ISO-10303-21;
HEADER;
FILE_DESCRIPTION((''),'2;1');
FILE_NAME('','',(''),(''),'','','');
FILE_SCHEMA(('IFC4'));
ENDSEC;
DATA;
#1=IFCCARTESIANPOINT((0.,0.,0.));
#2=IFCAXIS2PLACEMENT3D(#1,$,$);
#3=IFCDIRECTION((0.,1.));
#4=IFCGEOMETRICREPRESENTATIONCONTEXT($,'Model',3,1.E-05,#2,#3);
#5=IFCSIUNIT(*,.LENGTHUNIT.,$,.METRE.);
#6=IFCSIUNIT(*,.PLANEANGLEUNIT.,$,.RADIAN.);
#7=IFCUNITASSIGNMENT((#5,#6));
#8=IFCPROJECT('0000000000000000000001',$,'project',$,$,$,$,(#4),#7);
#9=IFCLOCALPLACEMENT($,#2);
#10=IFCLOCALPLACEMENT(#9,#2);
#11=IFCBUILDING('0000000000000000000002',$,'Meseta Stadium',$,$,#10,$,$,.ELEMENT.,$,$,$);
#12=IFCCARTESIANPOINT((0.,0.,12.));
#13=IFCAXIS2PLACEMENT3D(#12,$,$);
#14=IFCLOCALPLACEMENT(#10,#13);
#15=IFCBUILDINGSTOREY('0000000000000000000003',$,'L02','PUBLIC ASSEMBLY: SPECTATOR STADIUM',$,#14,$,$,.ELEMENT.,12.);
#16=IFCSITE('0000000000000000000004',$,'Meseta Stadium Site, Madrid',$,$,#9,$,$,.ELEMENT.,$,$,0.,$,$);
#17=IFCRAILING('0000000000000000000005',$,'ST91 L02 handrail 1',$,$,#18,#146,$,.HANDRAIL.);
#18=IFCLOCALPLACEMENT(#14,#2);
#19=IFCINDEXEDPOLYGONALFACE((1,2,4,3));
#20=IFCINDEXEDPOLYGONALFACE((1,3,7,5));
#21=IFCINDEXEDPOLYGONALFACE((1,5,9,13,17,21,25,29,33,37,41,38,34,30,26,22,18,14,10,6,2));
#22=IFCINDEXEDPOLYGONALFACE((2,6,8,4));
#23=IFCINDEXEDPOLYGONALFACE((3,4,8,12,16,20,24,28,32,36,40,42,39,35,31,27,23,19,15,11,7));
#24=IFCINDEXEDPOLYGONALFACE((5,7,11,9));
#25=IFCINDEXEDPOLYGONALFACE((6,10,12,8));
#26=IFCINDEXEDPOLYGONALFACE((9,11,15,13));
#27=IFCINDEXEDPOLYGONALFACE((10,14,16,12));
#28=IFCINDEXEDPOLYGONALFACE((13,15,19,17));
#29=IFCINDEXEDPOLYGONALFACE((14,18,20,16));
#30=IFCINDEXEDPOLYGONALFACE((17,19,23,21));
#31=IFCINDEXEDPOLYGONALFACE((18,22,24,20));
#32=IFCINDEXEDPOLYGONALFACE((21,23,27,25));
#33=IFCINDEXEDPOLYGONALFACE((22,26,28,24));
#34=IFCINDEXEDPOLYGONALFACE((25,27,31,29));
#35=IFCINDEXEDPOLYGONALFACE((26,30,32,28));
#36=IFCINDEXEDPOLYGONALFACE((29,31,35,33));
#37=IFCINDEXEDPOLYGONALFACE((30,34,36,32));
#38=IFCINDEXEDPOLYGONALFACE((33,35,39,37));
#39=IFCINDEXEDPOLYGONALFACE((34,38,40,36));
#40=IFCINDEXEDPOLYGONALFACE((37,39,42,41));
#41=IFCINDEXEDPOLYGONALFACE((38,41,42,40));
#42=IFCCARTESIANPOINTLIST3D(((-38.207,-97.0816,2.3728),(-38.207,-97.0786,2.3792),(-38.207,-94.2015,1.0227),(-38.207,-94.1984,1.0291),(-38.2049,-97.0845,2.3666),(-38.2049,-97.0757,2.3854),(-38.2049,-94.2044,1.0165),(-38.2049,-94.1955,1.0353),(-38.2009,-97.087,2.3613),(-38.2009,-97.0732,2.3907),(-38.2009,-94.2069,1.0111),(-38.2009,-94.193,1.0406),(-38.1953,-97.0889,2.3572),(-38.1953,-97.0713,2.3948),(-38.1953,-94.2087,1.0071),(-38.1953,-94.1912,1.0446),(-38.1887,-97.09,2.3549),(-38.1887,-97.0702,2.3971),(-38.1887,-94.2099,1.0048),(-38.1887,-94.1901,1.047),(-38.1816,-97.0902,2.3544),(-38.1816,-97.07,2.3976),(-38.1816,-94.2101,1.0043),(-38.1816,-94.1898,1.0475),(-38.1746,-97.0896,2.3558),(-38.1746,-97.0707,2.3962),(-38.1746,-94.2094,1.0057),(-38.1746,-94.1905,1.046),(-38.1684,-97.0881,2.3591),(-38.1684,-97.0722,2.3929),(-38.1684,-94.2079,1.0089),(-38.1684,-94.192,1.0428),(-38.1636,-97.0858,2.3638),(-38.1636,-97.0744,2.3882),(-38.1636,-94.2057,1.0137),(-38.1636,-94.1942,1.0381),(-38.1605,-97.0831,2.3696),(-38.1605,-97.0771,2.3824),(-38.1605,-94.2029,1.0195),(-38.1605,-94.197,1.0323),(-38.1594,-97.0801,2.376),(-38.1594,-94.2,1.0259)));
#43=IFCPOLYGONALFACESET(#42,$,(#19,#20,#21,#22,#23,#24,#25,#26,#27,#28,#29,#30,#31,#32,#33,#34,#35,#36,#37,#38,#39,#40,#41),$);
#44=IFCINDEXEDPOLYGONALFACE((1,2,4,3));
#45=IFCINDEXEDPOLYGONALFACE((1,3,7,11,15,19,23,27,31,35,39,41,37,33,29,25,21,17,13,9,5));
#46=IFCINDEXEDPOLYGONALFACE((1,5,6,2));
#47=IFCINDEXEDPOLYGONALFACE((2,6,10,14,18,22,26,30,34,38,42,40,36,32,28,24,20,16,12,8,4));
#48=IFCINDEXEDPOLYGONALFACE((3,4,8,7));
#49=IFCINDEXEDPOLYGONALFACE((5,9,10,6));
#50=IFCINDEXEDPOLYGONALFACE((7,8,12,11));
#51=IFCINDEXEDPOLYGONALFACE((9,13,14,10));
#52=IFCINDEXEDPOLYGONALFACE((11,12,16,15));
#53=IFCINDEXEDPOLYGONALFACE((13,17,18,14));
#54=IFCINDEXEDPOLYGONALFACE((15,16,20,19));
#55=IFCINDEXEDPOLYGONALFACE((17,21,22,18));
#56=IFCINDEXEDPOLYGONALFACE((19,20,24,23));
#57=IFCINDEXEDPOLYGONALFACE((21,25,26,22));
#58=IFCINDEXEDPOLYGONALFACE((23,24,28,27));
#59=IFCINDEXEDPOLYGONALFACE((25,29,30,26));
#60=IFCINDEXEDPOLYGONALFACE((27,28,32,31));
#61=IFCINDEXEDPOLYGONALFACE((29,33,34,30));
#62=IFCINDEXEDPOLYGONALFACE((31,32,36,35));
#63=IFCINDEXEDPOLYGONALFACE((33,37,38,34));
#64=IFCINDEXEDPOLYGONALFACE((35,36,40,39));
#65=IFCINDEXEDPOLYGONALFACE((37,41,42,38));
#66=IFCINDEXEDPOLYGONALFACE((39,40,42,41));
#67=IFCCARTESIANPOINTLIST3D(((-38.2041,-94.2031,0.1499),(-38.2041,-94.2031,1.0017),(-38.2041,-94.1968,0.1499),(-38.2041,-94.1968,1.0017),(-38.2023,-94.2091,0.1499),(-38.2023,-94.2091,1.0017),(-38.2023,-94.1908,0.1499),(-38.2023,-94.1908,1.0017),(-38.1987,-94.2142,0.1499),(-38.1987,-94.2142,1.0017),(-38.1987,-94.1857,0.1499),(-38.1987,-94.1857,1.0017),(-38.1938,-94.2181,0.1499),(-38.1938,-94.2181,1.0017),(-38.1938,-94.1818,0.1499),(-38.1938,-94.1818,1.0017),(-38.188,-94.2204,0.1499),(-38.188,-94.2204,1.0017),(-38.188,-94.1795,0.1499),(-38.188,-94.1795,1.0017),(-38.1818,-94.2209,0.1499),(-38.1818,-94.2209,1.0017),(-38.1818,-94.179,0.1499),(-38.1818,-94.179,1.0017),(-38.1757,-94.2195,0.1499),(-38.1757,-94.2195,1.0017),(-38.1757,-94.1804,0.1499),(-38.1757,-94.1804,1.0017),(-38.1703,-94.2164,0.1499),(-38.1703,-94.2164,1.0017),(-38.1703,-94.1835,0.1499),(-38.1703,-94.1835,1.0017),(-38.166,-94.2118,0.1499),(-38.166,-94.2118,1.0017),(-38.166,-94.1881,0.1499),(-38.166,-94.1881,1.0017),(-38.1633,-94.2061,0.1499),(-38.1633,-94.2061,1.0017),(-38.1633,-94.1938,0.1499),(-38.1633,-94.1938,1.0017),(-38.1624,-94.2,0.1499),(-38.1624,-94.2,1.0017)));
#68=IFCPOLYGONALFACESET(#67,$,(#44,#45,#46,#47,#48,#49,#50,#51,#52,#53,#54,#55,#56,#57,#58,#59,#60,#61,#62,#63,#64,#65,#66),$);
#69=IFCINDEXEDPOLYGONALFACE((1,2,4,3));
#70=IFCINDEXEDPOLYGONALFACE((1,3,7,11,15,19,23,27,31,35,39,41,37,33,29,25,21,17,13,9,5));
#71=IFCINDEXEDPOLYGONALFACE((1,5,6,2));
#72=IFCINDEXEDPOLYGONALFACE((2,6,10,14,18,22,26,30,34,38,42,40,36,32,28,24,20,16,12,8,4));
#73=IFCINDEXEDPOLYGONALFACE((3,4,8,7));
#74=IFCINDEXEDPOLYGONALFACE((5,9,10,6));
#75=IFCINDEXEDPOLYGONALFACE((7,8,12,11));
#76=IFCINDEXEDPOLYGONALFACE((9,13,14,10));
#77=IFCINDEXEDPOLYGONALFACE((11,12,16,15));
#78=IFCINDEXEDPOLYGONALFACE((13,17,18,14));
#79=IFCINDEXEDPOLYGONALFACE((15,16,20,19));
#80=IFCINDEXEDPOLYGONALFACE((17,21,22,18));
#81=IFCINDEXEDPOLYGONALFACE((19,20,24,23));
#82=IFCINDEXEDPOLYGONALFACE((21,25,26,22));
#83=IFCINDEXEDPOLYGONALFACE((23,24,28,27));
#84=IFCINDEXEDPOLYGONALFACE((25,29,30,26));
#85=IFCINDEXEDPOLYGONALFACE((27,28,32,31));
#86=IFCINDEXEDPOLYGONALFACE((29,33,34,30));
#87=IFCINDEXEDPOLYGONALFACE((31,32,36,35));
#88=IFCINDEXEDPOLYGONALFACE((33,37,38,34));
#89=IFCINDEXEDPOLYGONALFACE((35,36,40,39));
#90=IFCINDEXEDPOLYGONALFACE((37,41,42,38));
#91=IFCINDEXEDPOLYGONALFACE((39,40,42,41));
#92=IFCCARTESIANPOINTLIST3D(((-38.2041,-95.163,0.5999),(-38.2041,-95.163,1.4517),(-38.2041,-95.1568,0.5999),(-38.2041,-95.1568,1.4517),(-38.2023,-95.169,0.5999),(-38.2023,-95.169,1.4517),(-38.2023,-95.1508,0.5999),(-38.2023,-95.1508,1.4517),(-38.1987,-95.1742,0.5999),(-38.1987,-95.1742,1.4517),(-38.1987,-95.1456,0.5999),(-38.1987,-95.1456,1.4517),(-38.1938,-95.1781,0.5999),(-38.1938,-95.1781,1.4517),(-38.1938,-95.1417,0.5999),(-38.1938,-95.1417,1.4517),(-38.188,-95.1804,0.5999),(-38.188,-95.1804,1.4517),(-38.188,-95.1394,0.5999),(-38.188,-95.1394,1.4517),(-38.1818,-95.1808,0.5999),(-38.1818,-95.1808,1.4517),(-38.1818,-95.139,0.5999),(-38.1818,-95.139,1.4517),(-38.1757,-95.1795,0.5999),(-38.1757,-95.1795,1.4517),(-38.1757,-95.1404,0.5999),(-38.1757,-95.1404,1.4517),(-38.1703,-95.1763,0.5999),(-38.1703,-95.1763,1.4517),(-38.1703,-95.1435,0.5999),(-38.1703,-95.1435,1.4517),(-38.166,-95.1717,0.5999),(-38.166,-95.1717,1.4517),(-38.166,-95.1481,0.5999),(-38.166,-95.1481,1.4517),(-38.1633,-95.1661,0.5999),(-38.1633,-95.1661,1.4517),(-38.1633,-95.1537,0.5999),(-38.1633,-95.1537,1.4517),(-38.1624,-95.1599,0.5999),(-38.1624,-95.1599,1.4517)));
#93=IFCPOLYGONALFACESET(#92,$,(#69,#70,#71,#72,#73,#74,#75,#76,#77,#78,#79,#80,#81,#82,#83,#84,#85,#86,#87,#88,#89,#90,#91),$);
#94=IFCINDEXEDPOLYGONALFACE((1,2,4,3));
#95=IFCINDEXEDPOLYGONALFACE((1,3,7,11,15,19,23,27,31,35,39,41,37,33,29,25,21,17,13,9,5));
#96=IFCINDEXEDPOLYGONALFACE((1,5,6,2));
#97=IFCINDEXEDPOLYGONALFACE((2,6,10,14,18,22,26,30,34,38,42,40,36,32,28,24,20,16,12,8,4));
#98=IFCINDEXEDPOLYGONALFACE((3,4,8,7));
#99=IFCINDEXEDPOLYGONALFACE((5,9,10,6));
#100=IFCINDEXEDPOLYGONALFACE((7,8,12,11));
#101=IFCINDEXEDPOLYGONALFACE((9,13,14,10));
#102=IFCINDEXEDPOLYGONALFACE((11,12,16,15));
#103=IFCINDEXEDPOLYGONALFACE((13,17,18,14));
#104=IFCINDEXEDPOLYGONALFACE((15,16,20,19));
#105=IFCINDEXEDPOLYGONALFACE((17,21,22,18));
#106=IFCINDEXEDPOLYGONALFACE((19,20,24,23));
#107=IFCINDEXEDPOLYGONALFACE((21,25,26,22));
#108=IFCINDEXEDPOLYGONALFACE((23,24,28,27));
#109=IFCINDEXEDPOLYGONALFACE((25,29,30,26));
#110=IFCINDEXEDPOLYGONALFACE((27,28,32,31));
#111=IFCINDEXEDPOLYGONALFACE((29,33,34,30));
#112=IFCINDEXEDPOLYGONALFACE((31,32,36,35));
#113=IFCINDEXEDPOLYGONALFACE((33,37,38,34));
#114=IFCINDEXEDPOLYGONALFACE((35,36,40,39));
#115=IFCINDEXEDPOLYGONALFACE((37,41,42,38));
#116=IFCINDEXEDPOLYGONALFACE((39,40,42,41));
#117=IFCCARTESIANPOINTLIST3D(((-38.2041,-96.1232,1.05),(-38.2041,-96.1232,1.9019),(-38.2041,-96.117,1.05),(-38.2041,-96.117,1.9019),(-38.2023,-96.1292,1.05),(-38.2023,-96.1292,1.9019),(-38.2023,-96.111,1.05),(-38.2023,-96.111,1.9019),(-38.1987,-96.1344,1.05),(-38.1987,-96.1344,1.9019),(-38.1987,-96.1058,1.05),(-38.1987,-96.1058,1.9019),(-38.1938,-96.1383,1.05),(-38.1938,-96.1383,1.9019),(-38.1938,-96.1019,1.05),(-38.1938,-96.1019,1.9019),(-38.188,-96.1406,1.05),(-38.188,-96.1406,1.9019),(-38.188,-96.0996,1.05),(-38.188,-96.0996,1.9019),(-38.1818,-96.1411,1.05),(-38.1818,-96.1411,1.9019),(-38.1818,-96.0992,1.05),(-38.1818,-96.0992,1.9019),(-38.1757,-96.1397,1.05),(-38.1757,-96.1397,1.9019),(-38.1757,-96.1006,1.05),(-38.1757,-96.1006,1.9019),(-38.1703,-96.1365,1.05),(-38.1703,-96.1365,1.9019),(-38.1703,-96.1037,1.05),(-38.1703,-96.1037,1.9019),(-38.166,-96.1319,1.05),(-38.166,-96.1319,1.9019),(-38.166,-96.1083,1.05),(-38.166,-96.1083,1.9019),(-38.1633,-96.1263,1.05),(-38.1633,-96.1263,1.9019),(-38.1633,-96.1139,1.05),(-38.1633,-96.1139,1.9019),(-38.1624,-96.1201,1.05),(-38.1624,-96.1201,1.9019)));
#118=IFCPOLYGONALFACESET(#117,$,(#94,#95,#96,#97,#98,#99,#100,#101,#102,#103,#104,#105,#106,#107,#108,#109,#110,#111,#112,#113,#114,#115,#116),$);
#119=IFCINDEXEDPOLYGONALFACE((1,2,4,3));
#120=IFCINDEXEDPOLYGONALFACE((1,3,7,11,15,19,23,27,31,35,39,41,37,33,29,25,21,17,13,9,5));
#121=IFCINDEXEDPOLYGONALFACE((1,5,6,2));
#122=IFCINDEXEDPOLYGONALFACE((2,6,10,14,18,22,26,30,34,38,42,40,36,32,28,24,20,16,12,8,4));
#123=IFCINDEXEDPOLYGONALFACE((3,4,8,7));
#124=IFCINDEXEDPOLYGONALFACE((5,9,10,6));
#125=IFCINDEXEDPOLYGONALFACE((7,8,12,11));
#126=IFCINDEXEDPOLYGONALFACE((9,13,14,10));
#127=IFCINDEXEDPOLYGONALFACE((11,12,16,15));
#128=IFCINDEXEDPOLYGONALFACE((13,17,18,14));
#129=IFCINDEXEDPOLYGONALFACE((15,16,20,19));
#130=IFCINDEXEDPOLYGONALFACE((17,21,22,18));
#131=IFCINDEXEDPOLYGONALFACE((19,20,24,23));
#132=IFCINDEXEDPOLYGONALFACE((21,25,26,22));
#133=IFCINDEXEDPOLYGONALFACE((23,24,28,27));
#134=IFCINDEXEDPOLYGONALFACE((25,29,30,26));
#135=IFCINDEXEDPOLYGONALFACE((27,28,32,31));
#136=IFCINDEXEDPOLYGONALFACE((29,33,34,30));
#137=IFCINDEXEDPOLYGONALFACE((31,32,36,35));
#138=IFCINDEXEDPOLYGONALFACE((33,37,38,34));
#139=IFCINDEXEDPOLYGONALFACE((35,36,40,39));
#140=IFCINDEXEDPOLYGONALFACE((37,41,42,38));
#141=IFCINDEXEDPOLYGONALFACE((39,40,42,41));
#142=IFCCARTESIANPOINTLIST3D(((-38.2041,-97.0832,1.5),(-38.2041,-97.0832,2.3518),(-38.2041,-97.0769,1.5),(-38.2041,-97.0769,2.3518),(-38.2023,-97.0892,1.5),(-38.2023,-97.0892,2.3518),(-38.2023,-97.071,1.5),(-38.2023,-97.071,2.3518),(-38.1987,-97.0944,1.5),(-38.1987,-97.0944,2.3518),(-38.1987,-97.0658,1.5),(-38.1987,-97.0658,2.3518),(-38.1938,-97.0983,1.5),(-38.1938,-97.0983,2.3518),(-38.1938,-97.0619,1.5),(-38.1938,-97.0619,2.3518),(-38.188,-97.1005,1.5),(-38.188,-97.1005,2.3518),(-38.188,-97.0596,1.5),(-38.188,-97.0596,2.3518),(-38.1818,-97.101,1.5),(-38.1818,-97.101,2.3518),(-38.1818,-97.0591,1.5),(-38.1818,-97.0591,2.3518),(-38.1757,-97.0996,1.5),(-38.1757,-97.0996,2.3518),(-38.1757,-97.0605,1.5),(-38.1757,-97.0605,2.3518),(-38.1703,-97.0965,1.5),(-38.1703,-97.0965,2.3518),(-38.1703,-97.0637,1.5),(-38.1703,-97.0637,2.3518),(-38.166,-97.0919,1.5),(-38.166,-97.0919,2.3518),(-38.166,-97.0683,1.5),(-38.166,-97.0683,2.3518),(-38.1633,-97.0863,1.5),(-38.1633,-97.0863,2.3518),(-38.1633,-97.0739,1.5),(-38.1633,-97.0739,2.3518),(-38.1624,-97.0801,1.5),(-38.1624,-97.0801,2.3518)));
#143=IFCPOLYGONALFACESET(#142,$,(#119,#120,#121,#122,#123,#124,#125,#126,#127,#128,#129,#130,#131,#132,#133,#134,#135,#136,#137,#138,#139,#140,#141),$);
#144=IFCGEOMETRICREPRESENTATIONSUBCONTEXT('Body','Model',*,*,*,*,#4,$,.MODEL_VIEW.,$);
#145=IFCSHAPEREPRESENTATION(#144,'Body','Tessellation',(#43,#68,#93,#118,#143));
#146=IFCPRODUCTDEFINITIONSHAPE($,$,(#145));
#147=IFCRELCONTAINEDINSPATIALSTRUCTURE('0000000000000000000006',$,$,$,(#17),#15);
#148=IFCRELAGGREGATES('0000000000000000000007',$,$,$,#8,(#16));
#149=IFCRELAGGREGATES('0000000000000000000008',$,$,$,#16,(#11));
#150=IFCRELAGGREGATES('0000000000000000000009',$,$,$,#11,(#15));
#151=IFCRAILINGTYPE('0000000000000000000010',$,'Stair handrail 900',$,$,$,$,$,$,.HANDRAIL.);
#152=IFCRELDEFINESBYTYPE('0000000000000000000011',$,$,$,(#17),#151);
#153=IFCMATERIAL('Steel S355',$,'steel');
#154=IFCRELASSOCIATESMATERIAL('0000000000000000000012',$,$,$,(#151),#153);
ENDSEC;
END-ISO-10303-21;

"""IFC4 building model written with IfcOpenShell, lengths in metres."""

from ifc_helpers import new_model, si_unit, direction, frame, origin, origin_2d, place, context, subcontext, project, spatial, circle, extrude, material, type_object, element, save


model = new_model("IFC4")

# Units and contexts
model_context = context("Model", 3, precision=1e-05, world=origin(), true_north=direction((0.0, 1.0)))
body_context = subcontext(model_context, "Body", "Model", "MODEL_VIEW")
ifc_project = project(units=[si_unit("LENGTHUNIT", "METRE"), si_unit("PLANEANGLEUNIT", "RADIAN")], contexts=[model_context])

# Site, building, storey
site_placement = place(None, origin())
site = spatial("IfcSite", under=ifc_project, at=site_placement, Name="Meseta Stadium Site, Madrid", CompositionType="ELEMENT", RefElevation=0.0)
building_placement = place(site_placement, origin())
building = spatial("IfcBuilding", under=site, at=building_placement, Name="Meseta Stadium", CompositionType="ELEMENT")
storey_placement = place(building_placement, frame((0.0, 0.0, 12.0)))
storey = spatial("IfcBuildingStorey", under=building, at=storey_placement, Name="L02", Description="PUBLIC ASSEMBLY: SPECTATOR STADIUM", CompositionType="ELEMENT", Elevation=12.0)

# Railing
ifc_material_1 = material(Name="Steel S355", Category="steel")
railing_type_1 = type_object("IfcRailingType", Name="Stair handrail 900", PredefinedType="HANDRAIL", material=ifc_material_1)
for number, where, name in (
    (1, (-38.1833, -94.2, 0.1499), "ST91 L02 handrail 1"),
):
    element("IfcRailing", number, at=place(storey_placement, frame(where)), inside=storey, type_object=railing_type_1, Name=name, PredefinedType="HANDRAIL", context=body_context, shape_type="SweptSolid", body=[
        extrude(circle(Radius=0.0239, at=origin_2d()), frame((0.0, 0.0, 0.876), z_axis=(0.0, -0.905454, 0.424444), x_axis=(1.0, 0.0, 0.0)), (0.0, 0.0, 1.0), 3.1809),
        extrude(circle(Radius=0.021, at=origin_2d()), origin(), (0.0, 0.0, 1.0), 0.8518),
        extrude(circle(Radius=0.021, at=origin_2d()), frame((0.0, -0.96, 0.45)), (0.0, 0.0, 1.0), 0.8518),
        extrude(circle(Radius=0.021, at=origin_2d()), frame((0.0, -1.9202, 0.9001)), (0.0, 0.0, 1.0), 0.8518),
        extrude(circle(Radius=0.021, at=origin_2d()), frame((0.0, -2.8801, 1.3501)), (0.0, 0.0, 1.0), 0.8518),
    ])

save(model, "model.ifc")
